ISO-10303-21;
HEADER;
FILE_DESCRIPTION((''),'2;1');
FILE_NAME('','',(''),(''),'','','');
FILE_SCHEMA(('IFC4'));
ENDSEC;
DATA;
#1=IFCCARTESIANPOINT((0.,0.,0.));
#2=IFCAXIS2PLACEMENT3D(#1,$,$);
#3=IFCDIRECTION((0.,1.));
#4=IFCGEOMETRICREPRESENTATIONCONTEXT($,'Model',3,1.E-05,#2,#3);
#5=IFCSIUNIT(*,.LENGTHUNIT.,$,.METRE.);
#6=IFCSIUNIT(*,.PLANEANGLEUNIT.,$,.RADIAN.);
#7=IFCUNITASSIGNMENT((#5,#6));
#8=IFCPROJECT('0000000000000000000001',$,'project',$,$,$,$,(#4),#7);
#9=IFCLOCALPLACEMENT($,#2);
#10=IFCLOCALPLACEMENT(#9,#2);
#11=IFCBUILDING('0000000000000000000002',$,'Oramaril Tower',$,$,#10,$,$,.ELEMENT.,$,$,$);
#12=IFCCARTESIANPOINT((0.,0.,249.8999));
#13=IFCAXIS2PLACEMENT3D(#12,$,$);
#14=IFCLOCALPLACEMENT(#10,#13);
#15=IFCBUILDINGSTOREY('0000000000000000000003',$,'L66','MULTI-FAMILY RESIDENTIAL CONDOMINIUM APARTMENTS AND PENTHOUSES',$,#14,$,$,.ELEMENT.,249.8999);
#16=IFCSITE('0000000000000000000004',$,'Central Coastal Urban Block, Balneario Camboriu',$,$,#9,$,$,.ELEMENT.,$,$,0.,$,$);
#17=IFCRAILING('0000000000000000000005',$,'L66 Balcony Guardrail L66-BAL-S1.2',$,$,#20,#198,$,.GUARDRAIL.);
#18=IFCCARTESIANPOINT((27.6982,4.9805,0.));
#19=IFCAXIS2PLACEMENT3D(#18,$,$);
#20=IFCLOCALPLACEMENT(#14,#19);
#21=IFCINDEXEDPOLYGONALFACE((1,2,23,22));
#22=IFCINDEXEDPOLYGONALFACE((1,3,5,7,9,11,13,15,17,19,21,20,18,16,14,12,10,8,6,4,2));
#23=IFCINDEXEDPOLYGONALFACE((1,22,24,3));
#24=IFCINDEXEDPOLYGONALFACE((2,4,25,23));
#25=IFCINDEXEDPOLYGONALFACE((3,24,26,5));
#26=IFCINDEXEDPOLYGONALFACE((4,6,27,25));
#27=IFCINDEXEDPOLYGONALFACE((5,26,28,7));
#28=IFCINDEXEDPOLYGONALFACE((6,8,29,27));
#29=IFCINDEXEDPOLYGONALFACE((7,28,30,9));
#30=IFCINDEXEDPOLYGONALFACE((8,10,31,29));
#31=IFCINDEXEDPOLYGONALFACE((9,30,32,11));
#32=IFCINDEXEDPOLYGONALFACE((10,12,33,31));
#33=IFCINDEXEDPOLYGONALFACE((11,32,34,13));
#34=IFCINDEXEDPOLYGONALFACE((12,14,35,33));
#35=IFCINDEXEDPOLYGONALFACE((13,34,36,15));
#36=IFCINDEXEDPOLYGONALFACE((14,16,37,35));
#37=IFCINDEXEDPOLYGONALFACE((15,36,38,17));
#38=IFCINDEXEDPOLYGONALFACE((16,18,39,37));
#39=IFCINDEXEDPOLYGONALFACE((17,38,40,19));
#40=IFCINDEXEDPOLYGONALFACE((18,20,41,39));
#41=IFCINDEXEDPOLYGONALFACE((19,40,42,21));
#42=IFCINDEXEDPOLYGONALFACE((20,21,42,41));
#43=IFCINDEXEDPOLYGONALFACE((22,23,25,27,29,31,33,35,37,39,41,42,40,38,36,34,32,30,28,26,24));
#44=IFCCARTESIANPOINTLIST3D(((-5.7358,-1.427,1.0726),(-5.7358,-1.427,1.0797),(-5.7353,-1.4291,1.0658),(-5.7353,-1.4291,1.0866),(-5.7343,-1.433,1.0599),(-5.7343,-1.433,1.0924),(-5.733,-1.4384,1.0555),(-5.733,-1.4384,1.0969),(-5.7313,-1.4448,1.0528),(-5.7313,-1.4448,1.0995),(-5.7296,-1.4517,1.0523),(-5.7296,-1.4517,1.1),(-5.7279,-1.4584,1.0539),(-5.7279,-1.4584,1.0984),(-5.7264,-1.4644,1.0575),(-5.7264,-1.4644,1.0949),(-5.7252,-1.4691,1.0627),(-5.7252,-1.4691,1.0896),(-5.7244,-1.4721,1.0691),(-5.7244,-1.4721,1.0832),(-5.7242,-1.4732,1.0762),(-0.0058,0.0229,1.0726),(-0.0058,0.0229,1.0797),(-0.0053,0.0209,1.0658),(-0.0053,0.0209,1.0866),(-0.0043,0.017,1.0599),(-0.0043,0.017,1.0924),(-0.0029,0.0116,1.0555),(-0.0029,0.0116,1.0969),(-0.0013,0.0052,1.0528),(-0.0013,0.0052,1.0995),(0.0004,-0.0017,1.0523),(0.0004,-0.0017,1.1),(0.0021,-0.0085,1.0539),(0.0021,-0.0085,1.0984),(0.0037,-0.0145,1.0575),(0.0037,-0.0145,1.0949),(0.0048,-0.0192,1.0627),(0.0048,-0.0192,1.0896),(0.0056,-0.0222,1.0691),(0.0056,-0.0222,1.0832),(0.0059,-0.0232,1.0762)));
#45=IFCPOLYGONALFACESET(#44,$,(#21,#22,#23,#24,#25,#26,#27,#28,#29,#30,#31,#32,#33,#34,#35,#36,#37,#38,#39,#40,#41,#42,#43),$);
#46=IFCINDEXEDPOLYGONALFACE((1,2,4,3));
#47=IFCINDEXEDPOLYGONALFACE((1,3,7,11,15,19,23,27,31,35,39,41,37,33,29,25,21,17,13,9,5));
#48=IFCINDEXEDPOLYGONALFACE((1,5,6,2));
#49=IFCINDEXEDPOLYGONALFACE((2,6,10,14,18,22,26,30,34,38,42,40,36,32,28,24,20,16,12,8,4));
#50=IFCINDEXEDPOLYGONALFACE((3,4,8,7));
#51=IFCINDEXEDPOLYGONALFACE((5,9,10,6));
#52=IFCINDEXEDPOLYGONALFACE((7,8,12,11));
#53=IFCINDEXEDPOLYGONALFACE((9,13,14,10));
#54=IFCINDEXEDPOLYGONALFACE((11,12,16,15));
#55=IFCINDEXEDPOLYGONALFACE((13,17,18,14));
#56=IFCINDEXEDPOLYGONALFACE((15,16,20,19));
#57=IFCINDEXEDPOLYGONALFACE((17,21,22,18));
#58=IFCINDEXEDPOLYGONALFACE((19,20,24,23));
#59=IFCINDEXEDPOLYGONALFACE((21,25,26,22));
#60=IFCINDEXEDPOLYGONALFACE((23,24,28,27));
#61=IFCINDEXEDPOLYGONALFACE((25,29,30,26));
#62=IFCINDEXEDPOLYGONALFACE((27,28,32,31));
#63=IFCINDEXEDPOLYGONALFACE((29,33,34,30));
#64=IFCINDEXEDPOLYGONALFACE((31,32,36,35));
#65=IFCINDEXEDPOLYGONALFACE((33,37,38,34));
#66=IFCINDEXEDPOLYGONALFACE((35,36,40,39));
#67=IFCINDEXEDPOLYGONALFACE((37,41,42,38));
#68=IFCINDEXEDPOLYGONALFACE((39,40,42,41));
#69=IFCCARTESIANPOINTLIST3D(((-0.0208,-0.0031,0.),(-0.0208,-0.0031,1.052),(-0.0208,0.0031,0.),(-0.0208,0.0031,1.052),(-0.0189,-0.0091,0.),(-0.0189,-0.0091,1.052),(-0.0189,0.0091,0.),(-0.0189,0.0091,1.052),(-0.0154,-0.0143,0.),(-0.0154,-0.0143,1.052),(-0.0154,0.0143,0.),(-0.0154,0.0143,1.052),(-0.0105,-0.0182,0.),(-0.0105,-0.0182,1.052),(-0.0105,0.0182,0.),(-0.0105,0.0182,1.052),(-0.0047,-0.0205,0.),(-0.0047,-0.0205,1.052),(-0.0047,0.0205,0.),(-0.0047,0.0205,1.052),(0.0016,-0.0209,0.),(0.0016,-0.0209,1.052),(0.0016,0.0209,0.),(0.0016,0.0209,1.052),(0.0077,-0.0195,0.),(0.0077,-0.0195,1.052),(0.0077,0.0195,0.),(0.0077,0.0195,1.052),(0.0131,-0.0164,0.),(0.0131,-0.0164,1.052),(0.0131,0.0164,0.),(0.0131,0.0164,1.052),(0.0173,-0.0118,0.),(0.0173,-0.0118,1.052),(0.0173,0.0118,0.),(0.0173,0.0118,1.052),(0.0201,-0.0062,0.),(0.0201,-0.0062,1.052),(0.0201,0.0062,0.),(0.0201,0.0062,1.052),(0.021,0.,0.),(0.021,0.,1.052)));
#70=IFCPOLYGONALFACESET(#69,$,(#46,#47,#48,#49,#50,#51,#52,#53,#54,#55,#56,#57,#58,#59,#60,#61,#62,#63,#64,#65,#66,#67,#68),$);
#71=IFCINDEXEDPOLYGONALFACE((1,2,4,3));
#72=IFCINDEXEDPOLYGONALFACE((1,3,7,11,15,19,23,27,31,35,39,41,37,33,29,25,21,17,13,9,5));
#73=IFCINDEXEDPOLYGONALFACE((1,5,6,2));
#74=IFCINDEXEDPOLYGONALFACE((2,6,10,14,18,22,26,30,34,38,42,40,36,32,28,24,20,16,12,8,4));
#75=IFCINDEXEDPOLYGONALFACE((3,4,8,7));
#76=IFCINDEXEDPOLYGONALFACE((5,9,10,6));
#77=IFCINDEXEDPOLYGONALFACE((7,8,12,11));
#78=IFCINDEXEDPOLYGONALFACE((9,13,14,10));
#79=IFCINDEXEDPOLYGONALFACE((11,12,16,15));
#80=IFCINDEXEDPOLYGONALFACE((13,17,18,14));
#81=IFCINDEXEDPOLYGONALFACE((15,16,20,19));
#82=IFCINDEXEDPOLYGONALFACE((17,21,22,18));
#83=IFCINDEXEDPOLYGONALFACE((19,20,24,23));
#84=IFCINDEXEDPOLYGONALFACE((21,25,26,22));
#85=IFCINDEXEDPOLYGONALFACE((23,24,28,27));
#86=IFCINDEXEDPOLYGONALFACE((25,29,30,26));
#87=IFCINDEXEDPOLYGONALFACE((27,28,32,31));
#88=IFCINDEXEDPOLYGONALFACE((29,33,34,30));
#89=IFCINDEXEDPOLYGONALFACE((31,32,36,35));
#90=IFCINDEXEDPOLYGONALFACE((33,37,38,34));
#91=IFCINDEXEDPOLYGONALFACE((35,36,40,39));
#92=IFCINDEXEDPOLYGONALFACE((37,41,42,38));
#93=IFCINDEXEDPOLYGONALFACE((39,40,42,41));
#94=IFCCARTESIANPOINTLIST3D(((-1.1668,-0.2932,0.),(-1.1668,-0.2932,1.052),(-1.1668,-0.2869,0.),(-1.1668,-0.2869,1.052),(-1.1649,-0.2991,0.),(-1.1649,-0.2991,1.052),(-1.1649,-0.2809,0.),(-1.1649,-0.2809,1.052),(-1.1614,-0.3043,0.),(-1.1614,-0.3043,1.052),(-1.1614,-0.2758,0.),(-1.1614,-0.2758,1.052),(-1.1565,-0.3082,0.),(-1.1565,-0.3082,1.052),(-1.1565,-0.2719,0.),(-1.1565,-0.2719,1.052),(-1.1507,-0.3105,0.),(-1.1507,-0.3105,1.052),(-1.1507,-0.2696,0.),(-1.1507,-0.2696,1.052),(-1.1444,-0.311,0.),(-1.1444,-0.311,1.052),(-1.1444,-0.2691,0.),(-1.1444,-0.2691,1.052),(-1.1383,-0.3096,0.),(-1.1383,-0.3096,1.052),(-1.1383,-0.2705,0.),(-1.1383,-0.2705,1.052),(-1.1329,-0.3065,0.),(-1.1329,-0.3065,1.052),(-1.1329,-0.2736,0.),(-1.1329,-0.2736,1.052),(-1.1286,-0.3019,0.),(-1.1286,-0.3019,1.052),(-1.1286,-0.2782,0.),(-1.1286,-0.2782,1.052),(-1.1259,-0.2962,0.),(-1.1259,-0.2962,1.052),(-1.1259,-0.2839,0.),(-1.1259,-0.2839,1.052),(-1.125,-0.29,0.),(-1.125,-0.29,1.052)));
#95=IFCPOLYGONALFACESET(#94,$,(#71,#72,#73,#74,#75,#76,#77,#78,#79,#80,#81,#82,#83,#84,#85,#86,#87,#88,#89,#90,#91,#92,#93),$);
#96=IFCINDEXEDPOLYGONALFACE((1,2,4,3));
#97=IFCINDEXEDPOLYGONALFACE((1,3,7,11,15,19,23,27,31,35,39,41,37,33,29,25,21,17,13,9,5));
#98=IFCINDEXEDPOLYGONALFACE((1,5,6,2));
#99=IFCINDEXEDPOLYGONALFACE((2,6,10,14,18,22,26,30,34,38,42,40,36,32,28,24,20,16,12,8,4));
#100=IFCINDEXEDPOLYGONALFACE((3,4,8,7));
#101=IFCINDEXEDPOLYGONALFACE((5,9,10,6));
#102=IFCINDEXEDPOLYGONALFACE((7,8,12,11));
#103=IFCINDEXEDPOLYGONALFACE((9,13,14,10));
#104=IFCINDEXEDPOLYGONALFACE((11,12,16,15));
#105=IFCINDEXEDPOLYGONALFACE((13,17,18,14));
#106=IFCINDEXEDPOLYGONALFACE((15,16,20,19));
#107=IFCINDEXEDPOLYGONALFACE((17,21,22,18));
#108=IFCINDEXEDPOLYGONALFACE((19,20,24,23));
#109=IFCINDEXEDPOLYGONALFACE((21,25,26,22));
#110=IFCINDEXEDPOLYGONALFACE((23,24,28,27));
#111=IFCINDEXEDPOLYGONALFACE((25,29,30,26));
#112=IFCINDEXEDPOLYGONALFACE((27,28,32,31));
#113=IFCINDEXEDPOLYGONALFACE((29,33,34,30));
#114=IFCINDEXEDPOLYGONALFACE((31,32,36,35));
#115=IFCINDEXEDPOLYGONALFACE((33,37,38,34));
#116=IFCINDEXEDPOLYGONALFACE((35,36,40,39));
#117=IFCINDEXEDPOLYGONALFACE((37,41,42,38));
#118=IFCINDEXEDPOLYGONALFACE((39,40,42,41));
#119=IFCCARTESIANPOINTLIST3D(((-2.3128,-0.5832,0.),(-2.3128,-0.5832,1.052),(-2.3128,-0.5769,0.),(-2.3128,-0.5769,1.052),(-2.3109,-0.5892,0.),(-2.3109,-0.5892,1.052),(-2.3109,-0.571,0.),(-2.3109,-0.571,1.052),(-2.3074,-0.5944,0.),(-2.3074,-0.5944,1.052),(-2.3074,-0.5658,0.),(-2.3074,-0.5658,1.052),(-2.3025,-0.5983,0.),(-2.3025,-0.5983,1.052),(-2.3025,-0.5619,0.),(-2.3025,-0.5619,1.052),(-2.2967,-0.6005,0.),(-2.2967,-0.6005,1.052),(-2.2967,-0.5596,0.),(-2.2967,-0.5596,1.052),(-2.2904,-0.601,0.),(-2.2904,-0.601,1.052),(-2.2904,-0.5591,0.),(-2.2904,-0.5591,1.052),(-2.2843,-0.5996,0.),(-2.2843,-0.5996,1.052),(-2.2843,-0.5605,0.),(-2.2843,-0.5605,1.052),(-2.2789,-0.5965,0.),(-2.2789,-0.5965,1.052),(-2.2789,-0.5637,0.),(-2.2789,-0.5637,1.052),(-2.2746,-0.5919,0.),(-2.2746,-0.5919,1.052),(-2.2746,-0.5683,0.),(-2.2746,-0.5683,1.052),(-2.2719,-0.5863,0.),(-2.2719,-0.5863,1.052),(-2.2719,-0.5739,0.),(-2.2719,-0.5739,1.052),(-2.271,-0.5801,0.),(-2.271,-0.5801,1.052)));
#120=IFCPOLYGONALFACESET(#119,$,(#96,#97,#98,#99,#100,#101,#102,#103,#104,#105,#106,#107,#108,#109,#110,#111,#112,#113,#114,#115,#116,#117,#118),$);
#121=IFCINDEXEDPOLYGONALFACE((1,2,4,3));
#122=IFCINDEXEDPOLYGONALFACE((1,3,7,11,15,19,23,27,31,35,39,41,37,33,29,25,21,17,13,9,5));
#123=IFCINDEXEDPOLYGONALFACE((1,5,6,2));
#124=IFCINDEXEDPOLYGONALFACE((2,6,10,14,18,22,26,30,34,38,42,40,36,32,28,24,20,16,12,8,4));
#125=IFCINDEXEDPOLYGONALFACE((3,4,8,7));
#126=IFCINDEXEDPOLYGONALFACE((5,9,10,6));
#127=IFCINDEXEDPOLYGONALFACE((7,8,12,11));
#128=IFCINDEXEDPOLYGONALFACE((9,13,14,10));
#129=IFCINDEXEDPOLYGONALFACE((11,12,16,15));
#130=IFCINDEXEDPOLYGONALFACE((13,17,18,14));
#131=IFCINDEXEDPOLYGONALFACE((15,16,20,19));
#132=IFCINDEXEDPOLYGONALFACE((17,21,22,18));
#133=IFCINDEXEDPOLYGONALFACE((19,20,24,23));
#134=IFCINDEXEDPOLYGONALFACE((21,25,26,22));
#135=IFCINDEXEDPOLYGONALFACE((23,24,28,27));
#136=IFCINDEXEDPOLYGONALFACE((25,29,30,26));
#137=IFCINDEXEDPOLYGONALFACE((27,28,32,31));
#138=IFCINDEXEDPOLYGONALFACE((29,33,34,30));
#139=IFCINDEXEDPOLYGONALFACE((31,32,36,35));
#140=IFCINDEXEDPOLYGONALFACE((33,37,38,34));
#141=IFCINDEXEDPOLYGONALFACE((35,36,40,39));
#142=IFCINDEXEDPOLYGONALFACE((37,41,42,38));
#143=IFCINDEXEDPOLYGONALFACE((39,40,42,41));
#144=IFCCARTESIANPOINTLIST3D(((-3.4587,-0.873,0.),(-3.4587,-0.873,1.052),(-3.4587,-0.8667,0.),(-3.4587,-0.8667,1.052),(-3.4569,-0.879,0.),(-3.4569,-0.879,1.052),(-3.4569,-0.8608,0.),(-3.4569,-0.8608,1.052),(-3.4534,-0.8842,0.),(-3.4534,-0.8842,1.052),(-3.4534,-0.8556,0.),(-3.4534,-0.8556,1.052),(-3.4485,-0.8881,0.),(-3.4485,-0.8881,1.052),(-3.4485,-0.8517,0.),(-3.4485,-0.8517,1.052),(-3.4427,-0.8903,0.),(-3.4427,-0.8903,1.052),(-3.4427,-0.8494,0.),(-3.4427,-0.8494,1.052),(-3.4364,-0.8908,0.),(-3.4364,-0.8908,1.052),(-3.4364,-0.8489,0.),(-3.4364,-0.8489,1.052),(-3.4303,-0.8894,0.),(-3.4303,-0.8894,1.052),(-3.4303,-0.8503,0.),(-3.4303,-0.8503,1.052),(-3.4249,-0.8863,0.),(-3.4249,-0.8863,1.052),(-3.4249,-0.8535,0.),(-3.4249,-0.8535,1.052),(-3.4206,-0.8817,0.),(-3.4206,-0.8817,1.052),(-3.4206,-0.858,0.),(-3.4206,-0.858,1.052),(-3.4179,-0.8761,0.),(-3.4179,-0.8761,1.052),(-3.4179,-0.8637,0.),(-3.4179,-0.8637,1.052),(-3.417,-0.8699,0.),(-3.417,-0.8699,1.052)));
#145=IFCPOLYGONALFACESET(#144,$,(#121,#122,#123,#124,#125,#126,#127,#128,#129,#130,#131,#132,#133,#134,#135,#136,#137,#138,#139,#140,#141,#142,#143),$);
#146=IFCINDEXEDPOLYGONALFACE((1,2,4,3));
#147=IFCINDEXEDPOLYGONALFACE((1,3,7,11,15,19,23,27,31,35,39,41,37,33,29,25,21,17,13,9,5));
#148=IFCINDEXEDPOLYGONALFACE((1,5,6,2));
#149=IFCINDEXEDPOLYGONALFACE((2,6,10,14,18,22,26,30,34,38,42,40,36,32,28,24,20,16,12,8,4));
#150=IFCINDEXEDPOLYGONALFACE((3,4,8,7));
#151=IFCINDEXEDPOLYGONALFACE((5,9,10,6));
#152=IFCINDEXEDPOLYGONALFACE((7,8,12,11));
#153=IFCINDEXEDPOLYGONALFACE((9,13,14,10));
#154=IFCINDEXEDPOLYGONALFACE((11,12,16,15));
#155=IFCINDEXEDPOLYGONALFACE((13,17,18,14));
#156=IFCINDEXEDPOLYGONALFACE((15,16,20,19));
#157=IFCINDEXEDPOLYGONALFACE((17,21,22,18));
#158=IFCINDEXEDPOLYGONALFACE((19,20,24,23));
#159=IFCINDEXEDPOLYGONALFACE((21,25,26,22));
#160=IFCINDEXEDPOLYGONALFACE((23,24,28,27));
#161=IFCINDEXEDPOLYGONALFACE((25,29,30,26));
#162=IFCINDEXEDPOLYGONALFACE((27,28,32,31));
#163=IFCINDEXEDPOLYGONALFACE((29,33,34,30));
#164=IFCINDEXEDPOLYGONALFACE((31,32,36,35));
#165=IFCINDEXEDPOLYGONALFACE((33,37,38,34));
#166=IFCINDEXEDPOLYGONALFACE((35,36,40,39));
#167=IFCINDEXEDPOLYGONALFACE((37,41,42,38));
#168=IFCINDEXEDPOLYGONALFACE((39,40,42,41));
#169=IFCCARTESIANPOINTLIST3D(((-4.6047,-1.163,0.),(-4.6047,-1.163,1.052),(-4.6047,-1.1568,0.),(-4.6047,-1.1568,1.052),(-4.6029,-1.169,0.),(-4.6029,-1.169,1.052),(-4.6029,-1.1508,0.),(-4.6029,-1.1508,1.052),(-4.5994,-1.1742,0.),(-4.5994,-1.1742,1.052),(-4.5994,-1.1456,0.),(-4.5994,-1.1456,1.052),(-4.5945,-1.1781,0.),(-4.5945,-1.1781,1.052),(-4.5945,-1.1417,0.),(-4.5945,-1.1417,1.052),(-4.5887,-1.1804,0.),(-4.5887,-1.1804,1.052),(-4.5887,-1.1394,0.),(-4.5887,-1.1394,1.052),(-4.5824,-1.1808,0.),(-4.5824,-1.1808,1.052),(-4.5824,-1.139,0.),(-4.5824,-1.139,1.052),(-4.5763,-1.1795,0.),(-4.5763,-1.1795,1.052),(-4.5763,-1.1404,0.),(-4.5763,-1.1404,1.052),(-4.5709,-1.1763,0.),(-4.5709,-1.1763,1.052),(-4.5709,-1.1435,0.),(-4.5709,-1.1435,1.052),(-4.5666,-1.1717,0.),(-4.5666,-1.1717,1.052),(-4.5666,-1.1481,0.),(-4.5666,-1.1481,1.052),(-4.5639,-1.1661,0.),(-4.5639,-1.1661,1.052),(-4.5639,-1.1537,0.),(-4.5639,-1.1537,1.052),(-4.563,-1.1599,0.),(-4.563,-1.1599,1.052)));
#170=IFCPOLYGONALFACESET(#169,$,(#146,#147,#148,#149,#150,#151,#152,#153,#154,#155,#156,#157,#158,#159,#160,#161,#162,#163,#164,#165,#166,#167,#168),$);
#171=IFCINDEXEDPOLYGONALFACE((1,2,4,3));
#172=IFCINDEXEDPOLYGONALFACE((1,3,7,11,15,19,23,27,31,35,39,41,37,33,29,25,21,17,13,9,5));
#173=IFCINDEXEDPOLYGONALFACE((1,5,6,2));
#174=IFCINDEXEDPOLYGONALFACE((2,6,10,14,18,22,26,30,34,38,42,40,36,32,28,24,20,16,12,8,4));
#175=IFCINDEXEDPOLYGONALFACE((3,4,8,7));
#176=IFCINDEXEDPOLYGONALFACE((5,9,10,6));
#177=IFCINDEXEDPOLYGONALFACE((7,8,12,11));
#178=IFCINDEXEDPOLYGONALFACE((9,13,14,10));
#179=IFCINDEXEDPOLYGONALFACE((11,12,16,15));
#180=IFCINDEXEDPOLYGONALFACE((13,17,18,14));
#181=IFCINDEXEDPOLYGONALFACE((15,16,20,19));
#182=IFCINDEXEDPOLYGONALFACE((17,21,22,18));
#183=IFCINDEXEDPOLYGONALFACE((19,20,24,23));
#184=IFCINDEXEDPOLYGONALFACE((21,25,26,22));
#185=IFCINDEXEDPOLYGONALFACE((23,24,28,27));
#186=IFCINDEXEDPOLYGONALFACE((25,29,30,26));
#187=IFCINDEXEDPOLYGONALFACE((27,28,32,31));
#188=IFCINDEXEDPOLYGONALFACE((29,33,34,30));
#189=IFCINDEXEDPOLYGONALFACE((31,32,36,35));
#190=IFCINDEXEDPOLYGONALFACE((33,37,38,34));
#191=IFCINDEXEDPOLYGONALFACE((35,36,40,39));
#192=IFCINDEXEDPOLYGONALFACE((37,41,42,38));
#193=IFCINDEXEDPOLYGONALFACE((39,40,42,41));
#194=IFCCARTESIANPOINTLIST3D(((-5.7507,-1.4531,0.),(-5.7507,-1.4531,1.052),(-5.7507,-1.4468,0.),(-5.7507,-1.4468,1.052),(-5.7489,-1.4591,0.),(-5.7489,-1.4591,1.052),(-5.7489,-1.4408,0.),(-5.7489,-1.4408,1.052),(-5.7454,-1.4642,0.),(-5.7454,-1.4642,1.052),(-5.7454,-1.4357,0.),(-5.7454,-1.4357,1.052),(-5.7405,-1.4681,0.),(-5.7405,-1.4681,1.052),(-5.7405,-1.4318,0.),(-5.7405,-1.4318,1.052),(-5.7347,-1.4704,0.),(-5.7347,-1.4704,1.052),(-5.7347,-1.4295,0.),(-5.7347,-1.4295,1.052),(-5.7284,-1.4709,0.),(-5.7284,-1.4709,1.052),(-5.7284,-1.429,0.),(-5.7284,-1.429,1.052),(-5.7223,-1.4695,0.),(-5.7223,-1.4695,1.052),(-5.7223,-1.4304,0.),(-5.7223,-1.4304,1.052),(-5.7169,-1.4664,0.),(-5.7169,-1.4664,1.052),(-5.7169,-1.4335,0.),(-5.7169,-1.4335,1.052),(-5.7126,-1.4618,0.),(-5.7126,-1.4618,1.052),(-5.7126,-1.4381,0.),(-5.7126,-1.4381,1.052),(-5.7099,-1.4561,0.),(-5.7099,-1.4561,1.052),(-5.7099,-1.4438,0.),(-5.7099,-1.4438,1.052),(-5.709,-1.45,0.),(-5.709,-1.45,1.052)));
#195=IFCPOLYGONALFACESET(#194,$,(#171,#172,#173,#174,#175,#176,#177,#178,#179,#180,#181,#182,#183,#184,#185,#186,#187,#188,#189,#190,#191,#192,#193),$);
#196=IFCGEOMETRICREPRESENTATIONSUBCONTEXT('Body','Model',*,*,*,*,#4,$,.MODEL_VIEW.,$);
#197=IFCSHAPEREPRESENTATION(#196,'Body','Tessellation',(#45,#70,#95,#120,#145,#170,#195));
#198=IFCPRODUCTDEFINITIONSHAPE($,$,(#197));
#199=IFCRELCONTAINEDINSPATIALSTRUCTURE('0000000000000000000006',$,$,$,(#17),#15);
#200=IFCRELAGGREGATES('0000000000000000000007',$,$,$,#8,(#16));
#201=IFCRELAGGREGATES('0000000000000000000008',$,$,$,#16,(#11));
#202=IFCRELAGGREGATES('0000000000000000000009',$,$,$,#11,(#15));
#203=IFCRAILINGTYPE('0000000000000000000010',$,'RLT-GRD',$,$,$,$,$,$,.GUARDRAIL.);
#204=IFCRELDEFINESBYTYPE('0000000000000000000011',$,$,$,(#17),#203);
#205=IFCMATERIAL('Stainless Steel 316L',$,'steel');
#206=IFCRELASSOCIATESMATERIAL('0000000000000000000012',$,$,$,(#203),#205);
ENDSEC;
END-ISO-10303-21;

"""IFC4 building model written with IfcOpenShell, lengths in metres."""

from ifc_helpers import new_model, si_unit, direction, frame, origin, origin_2d, place, context, subcontext, project, spatial, circle, extrude, material, type_object, element, save


model = new_model("IFC4")

# Units and contexts
model_context = context("Model", 3, precision=1e-05, world=origin(), true_north=direction((0.0, 1.0)))
body_context = subcontext(model_context, "Body", "Model", "MODEL_VIEW")
ifc_project = project(units=[si_unit("LENGTHUNIT", "METRE"), si_unit("PLANEANGLEUNIT", "RADIAN")], contexts=[model_context])

# Site, building, storey
site_placement = place(None, origin())
site = spatial("IfcSite", under=ifc_project, at=site_placement, Name="Central Coastal Urban Block, Balneario Camboriu", CompositionType="ELEMENT", RefElevation=0.0)
building_placement = place(site_placement, origin())
building = spatial("IfcBuilding", under=site, at=building_placement, Name="Oramaril Tower", CompositionType="ELEMENT")
storey_placement = place(building_placement, frame((0.0, 0.0, 249.8999)))
storey = spatial("IfcBuildingStorey", under=building, at=storey_placement, Name="L66", Description="MULTI-FAMILY RESIDENTIAL CONDOMINIUM APARTMENTS AND PENTHOUSES", CompositionType="ELEMENT", Elevation=249.8999)

# Railing
ifc_material_1 = material(Name="Stainless Steel 316L", Category="steel")
railing_type = type_object("IfcRailingType", Name="RLT-GRD", PredefinedType="GUARDRAIL", material=ifc_material_1)
railing_1_placement = place(storey_placement, frame((27.6982, 4.9805, 0.0)))
element("IfcRailing", 1, at=railing_1_placement, inside=storey, type_object=railing_type, Name="L66 Balcony Guardrail L66-BAL-S1.2", PredefinedType="GUARDRAIL", context=body_context, shape_type="SweptSolid", body=[
    extrude(circle(Radius=0.0239, at=origin_2d()), frame((0.0, 0.0, 1.0762), z_axis=(-0.969444, -0.245314, 0.0), x_axis=(0.245314, -0.969444, 0.0)), (0.0, 0.0, 1.0), 5.9106),
    extrude(circle(Radius=0.021, at=origin_2d()), origin(), (0.0, 0.0, 1.0), 1.052),
    extrude(circle(Radius=0.021, at=origin_2d()), frame((-1.146, -0.29, 0.0)), (0.0, 0.0, 1.0), 1.052),
    extrude(circle(Radius=0.021, at=origin_2d()), frame((-2.292, -0.5801, 0.0)), (0.0, 0.0, 1.0), 1.052),
    extrude(circle(Radius=0.021, at=origin_2d()), frame((-3.438, -0.8699, 0.0)), (0.0, 0.0, 1.0), 1.052),
    extrude(circle(Radius=0.021, at=origin_2d()), frame((-4.584, -1.1599, 0.0)), (0.0, 0.0, 1.0), 1.052),
    extrude(circle(Radius=0.021, at=origin_2d()), frame((-5.73, -1.45, 0.0)), (0.0, 0.0, 1.0), 1.052),
])

save(model, "model.ifc")
